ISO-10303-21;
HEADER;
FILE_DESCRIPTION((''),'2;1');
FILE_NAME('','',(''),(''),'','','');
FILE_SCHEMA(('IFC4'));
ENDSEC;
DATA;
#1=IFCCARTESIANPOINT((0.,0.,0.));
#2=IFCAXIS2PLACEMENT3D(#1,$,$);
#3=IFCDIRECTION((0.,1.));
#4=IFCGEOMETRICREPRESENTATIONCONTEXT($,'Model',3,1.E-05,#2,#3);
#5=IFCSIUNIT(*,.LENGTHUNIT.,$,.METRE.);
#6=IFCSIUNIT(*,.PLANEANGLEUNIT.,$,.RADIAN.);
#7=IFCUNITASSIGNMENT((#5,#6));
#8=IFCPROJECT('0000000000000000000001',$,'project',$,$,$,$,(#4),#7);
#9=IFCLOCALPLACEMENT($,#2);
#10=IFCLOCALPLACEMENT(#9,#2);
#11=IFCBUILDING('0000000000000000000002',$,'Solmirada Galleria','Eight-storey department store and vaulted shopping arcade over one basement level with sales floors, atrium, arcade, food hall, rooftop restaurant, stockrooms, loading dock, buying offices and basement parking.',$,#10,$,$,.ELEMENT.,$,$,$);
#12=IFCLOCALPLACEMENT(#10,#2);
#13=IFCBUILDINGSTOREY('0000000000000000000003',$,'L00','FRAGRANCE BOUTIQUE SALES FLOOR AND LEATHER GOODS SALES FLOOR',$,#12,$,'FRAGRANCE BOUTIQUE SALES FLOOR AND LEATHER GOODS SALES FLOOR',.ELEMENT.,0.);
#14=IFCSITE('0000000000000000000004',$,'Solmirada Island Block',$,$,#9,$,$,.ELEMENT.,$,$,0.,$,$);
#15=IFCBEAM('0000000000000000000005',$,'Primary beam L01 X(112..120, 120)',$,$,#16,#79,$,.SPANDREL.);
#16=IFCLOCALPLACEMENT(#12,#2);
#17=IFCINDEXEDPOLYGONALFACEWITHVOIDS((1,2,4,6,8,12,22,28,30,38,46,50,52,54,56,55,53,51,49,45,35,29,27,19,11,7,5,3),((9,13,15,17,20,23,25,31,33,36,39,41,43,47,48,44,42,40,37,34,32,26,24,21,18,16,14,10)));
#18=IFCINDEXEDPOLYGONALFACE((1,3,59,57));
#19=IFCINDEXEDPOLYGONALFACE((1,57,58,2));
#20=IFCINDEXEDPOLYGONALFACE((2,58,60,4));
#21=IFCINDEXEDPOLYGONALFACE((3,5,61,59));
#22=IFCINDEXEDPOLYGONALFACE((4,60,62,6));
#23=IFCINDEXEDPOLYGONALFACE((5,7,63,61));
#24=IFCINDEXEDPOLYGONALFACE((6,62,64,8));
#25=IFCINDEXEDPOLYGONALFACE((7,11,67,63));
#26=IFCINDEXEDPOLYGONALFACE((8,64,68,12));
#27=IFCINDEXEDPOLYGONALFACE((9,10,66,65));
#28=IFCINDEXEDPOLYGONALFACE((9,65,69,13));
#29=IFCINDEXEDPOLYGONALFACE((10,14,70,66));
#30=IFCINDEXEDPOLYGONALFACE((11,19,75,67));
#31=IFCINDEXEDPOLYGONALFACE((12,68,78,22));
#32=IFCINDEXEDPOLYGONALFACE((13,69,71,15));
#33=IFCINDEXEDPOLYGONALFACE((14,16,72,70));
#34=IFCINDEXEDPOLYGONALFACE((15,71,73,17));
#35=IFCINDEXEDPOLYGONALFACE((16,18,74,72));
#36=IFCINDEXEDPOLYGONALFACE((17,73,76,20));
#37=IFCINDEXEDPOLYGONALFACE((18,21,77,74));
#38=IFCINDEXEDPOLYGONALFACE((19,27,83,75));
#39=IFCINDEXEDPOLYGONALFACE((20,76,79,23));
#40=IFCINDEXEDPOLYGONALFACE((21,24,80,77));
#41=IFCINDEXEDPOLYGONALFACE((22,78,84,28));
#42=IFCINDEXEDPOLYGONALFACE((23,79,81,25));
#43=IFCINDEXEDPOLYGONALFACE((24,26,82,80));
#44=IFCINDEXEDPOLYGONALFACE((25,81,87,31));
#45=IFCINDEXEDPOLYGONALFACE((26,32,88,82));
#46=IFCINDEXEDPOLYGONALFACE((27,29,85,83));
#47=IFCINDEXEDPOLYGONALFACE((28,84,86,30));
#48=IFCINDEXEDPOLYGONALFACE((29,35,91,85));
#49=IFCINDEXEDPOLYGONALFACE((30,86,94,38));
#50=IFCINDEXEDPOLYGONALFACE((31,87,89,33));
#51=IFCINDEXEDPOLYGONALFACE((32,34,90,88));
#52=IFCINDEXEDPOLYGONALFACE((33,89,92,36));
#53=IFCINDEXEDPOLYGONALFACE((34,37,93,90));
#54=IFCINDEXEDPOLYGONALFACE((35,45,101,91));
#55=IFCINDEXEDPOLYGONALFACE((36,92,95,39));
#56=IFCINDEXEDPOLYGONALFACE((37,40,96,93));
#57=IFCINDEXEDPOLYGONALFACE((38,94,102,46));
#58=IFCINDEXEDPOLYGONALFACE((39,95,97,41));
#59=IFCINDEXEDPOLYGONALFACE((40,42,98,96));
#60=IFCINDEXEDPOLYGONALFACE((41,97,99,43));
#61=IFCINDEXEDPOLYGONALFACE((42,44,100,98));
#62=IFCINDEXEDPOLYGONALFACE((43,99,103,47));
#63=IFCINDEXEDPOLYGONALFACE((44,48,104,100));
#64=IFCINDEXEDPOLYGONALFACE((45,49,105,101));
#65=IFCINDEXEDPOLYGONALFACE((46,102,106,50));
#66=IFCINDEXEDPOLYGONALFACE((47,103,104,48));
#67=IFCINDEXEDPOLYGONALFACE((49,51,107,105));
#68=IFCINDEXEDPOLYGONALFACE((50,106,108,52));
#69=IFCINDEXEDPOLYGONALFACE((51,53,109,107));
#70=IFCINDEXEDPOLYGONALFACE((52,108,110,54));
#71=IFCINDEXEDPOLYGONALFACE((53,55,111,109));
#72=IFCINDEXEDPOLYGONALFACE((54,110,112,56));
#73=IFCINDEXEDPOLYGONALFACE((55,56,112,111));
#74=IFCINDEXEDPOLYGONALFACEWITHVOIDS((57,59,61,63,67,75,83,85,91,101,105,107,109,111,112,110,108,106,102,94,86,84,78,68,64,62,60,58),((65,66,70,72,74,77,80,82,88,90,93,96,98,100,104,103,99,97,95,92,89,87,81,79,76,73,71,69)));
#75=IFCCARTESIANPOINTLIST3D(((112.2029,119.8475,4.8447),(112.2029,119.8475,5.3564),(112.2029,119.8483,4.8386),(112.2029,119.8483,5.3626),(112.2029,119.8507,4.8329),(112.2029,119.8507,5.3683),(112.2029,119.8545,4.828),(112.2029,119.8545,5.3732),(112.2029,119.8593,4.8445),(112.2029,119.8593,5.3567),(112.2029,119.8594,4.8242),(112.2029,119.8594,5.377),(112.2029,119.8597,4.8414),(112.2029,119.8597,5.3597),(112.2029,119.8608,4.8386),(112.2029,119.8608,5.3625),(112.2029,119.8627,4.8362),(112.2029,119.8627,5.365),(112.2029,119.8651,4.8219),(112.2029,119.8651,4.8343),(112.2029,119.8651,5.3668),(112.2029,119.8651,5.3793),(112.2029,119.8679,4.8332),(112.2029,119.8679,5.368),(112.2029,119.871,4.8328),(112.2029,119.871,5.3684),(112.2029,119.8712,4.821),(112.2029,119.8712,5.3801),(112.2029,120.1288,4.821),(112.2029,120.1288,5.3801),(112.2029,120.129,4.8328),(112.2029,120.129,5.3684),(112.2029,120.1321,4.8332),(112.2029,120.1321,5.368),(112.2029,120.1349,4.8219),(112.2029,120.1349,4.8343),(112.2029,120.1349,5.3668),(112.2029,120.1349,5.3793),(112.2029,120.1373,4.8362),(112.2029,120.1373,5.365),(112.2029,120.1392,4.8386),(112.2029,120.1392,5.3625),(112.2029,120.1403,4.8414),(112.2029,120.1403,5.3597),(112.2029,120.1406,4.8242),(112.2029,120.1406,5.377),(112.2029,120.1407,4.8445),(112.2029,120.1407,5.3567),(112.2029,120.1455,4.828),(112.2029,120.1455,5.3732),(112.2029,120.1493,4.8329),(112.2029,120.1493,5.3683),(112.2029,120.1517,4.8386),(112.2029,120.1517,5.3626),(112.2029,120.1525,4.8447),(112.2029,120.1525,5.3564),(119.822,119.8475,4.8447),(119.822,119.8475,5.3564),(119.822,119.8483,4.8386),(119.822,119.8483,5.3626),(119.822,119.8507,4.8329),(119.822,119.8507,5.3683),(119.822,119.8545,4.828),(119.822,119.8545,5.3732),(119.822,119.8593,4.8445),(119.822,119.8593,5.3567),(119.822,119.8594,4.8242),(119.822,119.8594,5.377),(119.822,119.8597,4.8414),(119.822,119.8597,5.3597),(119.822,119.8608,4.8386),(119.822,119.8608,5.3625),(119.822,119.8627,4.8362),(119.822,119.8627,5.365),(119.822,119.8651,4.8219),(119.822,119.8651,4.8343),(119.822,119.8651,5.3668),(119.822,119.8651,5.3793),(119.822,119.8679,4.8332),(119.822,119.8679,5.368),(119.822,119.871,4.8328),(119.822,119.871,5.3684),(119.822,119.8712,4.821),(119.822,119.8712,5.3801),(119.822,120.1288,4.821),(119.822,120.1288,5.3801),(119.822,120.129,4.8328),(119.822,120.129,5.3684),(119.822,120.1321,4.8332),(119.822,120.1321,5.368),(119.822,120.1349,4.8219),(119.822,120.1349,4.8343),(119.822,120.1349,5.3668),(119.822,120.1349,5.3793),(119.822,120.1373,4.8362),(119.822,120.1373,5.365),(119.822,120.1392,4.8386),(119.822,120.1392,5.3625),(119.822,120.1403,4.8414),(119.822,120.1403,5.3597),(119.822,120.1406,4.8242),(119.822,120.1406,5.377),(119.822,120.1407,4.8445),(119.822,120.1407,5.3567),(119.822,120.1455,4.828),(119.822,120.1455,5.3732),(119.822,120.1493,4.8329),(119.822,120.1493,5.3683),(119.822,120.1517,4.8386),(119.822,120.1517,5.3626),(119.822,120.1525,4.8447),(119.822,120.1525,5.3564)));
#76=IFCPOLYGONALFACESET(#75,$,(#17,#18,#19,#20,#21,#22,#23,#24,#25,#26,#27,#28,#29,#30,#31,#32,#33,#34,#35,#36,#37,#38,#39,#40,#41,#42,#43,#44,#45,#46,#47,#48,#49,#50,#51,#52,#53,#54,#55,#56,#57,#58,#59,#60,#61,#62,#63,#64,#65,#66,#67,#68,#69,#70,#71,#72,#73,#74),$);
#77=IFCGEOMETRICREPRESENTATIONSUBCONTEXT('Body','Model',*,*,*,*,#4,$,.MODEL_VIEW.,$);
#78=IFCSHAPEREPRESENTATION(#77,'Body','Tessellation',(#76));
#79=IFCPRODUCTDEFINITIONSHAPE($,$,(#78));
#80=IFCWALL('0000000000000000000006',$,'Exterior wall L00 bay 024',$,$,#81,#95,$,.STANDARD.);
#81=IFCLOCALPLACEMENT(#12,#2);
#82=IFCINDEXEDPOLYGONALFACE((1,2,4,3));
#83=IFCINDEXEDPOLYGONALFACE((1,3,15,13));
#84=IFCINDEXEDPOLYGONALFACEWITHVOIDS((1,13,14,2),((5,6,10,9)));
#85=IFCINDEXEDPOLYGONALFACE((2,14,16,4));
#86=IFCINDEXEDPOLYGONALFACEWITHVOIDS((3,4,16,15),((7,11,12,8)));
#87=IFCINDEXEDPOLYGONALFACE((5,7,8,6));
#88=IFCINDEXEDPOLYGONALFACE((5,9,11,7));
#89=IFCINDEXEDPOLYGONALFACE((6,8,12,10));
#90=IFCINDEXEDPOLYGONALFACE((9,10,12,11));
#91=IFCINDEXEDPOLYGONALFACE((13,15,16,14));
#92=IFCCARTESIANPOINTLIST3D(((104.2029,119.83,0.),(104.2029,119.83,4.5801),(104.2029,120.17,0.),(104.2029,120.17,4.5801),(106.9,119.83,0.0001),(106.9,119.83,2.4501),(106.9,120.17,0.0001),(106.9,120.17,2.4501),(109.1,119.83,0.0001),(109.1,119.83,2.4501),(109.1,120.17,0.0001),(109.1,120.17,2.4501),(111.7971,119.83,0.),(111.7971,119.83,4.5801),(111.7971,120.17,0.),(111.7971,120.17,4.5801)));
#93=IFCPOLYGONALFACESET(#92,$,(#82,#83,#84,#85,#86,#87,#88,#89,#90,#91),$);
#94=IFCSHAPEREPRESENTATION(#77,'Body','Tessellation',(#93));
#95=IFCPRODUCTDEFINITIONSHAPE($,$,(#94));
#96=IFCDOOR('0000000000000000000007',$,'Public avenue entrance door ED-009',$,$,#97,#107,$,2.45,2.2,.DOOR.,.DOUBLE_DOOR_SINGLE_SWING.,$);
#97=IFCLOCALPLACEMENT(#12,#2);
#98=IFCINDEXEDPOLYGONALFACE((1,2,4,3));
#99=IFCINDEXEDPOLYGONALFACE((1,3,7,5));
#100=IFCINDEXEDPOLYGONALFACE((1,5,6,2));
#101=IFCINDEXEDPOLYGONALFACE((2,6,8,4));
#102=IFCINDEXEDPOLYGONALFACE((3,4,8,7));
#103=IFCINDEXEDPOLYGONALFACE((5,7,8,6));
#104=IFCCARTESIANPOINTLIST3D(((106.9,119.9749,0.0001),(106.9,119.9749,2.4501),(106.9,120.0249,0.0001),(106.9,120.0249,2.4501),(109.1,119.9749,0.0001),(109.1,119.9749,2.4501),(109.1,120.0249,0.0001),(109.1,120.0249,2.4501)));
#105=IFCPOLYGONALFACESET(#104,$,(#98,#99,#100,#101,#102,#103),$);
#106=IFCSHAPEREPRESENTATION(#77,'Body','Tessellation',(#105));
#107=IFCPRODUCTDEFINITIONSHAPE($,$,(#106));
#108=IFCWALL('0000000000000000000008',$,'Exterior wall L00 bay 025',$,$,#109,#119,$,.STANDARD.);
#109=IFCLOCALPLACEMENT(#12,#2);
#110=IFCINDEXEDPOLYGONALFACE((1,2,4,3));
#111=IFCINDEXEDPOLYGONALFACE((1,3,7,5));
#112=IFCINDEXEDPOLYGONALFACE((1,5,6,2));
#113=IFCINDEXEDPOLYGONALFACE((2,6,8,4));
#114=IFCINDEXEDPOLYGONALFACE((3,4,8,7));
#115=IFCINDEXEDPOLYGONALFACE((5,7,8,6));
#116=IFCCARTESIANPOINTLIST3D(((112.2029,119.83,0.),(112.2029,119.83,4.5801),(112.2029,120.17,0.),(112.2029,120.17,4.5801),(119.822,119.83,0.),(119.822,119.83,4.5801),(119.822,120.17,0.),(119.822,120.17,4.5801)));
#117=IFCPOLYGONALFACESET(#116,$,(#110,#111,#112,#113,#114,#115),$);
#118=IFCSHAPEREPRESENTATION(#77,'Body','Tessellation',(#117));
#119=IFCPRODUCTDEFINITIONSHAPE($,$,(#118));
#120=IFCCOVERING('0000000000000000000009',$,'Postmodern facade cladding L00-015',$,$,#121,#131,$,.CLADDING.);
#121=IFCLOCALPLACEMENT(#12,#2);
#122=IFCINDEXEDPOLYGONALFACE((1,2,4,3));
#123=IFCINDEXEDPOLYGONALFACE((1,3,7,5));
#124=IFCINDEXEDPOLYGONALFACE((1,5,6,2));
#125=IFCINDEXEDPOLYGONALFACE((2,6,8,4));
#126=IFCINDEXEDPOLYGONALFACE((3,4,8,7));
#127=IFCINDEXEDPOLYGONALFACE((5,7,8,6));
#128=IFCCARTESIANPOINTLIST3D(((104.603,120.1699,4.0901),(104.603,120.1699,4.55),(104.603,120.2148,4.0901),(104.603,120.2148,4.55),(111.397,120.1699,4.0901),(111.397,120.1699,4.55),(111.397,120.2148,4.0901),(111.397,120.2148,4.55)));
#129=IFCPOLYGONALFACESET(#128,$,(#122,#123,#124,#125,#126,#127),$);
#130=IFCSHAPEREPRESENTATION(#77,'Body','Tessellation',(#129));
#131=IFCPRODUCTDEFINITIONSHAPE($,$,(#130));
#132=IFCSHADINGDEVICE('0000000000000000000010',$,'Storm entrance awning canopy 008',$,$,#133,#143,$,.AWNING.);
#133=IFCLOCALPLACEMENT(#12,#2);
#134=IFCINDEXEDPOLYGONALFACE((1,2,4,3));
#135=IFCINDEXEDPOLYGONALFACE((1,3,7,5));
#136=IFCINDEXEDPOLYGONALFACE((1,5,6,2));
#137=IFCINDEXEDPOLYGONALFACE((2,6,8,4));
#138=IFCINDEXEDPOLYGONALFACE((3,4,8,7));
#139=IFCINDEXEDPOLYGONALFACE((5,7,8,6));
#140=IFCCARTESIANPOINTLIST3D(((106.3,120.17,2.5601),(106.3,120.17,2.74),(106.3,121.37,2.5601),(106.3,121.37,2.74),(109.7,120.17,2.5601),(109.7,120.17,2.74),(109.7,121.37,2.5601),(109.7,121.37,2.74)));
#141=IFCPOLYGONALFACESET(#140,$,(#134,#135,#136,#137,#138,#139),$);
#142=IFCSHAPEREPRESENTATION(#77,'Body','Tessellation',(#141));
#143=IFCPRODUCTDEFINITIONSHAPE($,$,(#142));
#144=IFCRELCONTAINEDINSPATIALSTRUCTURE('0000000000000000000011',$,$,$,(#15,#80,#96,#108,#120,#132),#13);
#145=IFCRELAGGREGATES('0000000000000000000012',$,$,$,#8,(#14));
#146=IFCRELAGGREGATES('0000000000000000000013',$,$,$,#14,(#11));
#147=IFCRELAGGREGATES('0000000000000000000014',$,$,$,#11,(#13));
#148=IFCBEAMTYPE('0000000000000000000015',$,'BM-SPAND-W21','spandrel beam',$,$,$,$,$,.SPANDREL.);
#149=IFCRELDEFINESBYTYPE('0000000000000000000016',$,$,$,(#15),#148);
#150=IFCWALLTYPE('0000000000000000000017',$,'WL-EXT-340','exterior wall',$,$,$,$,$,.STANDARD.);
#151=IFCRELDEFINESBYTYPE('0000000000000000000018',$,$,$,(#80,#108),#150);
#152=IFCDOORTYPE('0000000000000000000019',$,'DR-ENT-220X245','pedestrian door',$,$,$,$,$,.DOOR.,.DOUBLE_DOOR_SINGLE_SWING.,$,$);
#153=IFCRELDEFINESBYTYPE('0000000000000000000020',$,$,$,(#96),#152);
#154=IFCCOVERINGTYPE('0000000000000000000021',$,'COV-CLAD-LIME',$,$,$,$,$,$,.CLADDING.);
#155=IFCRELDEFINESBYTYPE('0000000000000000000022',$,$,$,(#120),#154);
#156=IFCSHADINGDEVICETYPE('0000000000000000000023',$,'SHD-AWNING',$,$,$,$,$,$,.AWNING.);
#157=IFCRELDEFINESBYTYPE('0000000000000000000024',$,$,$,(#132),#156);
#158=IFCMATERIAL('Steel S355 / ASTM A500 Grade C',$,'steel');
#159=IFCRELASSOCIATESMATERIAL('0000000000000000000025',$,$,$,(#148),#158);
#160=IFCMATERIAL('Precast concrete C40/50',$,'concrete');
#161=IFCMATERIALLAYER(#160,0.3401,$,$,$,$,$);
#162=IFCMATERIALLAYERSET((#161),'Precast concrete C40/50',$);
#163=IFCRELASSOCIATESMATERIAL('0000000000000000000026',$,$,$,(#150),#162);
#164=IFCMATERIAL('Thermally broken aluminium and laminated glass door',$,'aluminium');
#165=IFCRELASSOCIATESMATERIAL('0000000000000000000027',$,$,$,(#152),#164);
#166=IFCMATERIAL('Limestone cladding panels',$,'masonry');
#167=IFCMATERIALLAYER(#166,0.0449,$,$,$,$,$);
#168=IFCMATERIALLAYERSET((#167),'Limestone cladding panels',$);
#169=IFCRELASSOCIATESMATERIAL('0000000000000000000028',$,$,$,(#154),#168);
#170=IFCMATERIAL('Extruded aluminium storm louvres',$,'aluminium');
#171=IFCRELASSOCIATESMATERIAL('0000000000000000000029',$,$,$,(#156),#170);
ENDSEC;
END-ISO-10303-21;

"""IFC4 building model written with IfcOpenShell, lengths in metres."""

from ifc_helpers import new_model, si_unit, direction, frame, frame_2d, origin, origin_2d, place, context, subcontext, project, spatial, rectangle, hollow_rectangle, extrude, material, layer, layer_set, material_profile, profile_set, type_object, element, fill, save


model = new_model("IFC4")

# Units and contexts
model_context = context("Model", 3, precision=1e-05, world=origin(), true_north=direction((0.0, 1.0)))
body_context = subcontext(model_context, "Body", "Model", "MODEL_VIEW")
ifc_project = project(units=[si_unit("LENGTHUNIT", "METRE"), si_unit("PLANEANGLEUNIT", "RADIAN")], contexts=[model_context])

# Site, building, storey
site_placement = place(None, origin())
site = spatial("IfcSite", under=ifc_project, at=site_placement, Name="Solmirada Island Block", CompositionType="ELEMENT", RefElevation=0.0)
building_placement = place(site_placement, origin())
building = spatial("IfcBuilding", under=site, at=building_placement, Name="Solmirada Galleria", Description="Eight-storey department store and vaulted shopping arcade over one basement level with sales floors, atrium, arcade, food hall, rooftop restaurant, stockrooms, loading dock, buying offices and basement parking.", CompositionType="ELEMENT")
storey_placement = place(building_placement, origin())
storey = spatial("IfcBuildingStorey", under=building, at=storey_placement, Name="L00", Description="FRAGRANCE BOUTIQUE SALES FLOOR AND LEATHER GOODS SALES FLOOR", LongName="FRAGRANCE BOUTIQUE SALES FLOOR AND LEATHER GOODS SALES FLOOR", CompositionType="ELEMENT", Elevation=0.0)

# Shared definitions
ifc_material_1 = material(Name="Steel S355 / ASTM A500 Grade C", Category="steel")

# Beam
ifc_material_profile_1 = material_profile(ifc_material_1, hollow_rectangle(XDim=0.3049, YDim=0.5591, WallThickness=0.0117, InnerFilletRadius=0.0117, OuterFilletRadius=0.0237, at=origin_2d()), Name="HSS22X12X1/2")
ifc_profile_set_1 = profile_set([ifc_material_profile_1], Name="Steel S355 / ASTM A500 Grade C")
beam_type_1 = type_object("IfcBeamType", Name="BM-SPAND-W21", Description="spandrel beam", PredefinedType="SPANDREL", material=ifc_profile_set_1)
beam_1_placement = place(storey_placement, frame((112.2029, 120.0, 5.1006), z_axis=(1.0, 0.0, 0.0), x_axis=(0.0, 1.0, 0.0)))
element("IfcBeam", 1, at=beam_1_placement, inside=storey, type_object=beam_type_1, Name="Primary beam L01 X(112..120, 120)", PredefinedType="SPANDREL", context=body_context, shape_type="SweptSolid", body=[
    extrude(hollow_rectangle(XDim=0.3049, YDim=0.5591, WallThickness=0.0117, InnerFilletRadius=0.0117, OuterFilletRadius=0.0237, at=origin_2d()), origin(), (0.0, 0.0, 1.0), 7.6191),
])

# Wall, opening, door
ifc_material_2 = material(Name="Precast concrete C40/50", Category="concrete")
ifc_layer_1 = layer(ifc_material_2, 0.3401)
ifc_layer_set_1 = layer_set([ifc_layer_1], Name="Precast concrete C40/50")
wall_type = type_object("IfcWallType", Name="WL-EXT-340", Description="exterior wall", PredefinedType="STANDARD", material=ifc_layer_set_1)
wall_1_placement = place(storey_placement, frame((104.2029, 120.0, 0.0), z_axis=(0.0, 0.0, 1.0), x_axis=(1.0, 0.0, 0.0)))
wall_1 = element("IfcWall", 2, at=wall_1_placement, inside=storey, type_object=wall_type, Name="Exterior wall L00 bay 024", PredefinedType="STANDARD", context=body_context, shape_type="SweptSolid", body=[
    extrude(rectangle(XDim=7.5942, YDim=0.3401, at=frame_2d((3.7971, 0.0))), origin(), (0.0, 0.0, 1.0), 4.5801),
])
opening_placement = place(wall_1_placement, frame((2.697, 0.0, 0.0)))
opening = element("IfcOpeningElement", 3, at=opening_placement, cuts=wall_1, PredefinedType="OPENING", context=body_context, shape_type="SweptSolid", body=[
    extrude(rectangle(XDim=2.2, YDim=2.45, at=frame_2d((1.1001, 1.2251))), frame((0.0, 0.1799, 0.0), z_axis=(0.0, -1.0, 0.0), x_axis=(1.0, 0.0, 0.0)), (0.0, 0.0, 1.0), 0.3601),
])
ifc_material_3 = material(Name="Thermally broken aluminium and laminated glass door", Category="aluminium")
door_type = type_object("IfcDoorType", Name="DR-ENT-220X245", Description="pedestrian door", OperationType="DOUBLE_DOOR_SINGLE_SWING", PredefinedType="DOOR", material=ifc_material_3)
door_placement = place(opening_placement, origin())
door = element("IfcDoor", 4, at=door_placement, inside=storey, type_object=door_type, Name="Public avenue entrance door ED-009", OperationType="DOUBLE_DOOR_SINGLE_SWING", OverallHeight=2.45, OverallWidth=2.2, PredefinedType="DOOR", context=body_context, shape_type="SweptSolid", body=[
    extrude(rectangle(XDim=2.2, YDim=2.45, at=frame_2d((1.1001, 1.2251))), frame((0.0, 0.0249, 0.0), z_axis=(0.0, -1.0, 0.0), x_axis=(1.0, 0.0, 0.0)), (0.0, 0.0, 1.0), 0.05),
])
fill(opening, door)

# Wall
wall_2_placement = place(storey_placement, frame((112.2029, 120.0, 0.0), z_axis=(0.0, 0.0, 1.0), x_axis=(1.0, 0.0, 0.0)))
element("IfcWall", 5, at=wall_2_placement, inside=storey, type_object=wall_type, Name="Exterior wall L00 bay 025", PredefinedType="STANDARD", context=body_context, shape_type="SweptSolid", body=[
    extrude(rectangle(XDim=7.6191, YDim=0.3401, at=frame_2d((3.8096, 0.0))), origin(), (0.0, 0.0, 1.0), 4.5801),
])

# Covering
ifc_material_4 = material(Name="Limestone cladding panels", Category="masonry")
ifc_layer_2 = layer(ifc_material_4, 0.0449)
ifc_layer_set_2 = layer_set([ifc_layer_2], Name="Limestone cladding panels")
covering_type = type_object("IfcCoveringType", Name="COV-CLAD-LIME", PredefinedType="CLADDING", material=ifc_layer_set_2)
covering_placement = place(storey_placement, frame((108.0, 120.1924, 4.0901), z_axis=(0.0, 0.0, 1.0), x_axis=(1.0, 0.0, 0.0)))
element("IfcCovering", 6, at=covering_placement, inside=storey, type_object=covering_type, Name="Postmodern facade cladding L00-015", PredefinedType="CLADDING", context=body_context, shape_type="SweptSolid", body=[
    extrude(rectangle(XDim=6.7939, YDim=0.0449, at=origin_2d()), origin(), (0.0, 0.0, 1.0), 0.46),
])

# Shading device
ifc_material_5 = material(Name="Extruded aluminium storm louvres", Category="aluminium")
shading_device_type = type_object("IfcShadingDeviceType", Name="SHD-AWNING", PredefinedType="AWNING", material=ifc_material_5)
shading_device_placement = place(storey_placement, frame((108.0, 120.77, 2.5601), z_axis=(0.0, 0.0, 1.0), x_axis=(1.0, 0.0, 0.0)))
element("IfcShadingDevice", 7, at=shading_device_placement, inside=storey, type_object=shading_device_type, Name="Storm entrance awning canopy 008", PredefinedType="AWNING", context=body_context, shape_type="SweptSolid", body=[
    extrude(rectangle(XDim=3.3999, YDim=1.2, at=origin_2d()), origin(), (0.0, 0.0, 1.0), 0.1799),
])

save(model, "model.ifc")
